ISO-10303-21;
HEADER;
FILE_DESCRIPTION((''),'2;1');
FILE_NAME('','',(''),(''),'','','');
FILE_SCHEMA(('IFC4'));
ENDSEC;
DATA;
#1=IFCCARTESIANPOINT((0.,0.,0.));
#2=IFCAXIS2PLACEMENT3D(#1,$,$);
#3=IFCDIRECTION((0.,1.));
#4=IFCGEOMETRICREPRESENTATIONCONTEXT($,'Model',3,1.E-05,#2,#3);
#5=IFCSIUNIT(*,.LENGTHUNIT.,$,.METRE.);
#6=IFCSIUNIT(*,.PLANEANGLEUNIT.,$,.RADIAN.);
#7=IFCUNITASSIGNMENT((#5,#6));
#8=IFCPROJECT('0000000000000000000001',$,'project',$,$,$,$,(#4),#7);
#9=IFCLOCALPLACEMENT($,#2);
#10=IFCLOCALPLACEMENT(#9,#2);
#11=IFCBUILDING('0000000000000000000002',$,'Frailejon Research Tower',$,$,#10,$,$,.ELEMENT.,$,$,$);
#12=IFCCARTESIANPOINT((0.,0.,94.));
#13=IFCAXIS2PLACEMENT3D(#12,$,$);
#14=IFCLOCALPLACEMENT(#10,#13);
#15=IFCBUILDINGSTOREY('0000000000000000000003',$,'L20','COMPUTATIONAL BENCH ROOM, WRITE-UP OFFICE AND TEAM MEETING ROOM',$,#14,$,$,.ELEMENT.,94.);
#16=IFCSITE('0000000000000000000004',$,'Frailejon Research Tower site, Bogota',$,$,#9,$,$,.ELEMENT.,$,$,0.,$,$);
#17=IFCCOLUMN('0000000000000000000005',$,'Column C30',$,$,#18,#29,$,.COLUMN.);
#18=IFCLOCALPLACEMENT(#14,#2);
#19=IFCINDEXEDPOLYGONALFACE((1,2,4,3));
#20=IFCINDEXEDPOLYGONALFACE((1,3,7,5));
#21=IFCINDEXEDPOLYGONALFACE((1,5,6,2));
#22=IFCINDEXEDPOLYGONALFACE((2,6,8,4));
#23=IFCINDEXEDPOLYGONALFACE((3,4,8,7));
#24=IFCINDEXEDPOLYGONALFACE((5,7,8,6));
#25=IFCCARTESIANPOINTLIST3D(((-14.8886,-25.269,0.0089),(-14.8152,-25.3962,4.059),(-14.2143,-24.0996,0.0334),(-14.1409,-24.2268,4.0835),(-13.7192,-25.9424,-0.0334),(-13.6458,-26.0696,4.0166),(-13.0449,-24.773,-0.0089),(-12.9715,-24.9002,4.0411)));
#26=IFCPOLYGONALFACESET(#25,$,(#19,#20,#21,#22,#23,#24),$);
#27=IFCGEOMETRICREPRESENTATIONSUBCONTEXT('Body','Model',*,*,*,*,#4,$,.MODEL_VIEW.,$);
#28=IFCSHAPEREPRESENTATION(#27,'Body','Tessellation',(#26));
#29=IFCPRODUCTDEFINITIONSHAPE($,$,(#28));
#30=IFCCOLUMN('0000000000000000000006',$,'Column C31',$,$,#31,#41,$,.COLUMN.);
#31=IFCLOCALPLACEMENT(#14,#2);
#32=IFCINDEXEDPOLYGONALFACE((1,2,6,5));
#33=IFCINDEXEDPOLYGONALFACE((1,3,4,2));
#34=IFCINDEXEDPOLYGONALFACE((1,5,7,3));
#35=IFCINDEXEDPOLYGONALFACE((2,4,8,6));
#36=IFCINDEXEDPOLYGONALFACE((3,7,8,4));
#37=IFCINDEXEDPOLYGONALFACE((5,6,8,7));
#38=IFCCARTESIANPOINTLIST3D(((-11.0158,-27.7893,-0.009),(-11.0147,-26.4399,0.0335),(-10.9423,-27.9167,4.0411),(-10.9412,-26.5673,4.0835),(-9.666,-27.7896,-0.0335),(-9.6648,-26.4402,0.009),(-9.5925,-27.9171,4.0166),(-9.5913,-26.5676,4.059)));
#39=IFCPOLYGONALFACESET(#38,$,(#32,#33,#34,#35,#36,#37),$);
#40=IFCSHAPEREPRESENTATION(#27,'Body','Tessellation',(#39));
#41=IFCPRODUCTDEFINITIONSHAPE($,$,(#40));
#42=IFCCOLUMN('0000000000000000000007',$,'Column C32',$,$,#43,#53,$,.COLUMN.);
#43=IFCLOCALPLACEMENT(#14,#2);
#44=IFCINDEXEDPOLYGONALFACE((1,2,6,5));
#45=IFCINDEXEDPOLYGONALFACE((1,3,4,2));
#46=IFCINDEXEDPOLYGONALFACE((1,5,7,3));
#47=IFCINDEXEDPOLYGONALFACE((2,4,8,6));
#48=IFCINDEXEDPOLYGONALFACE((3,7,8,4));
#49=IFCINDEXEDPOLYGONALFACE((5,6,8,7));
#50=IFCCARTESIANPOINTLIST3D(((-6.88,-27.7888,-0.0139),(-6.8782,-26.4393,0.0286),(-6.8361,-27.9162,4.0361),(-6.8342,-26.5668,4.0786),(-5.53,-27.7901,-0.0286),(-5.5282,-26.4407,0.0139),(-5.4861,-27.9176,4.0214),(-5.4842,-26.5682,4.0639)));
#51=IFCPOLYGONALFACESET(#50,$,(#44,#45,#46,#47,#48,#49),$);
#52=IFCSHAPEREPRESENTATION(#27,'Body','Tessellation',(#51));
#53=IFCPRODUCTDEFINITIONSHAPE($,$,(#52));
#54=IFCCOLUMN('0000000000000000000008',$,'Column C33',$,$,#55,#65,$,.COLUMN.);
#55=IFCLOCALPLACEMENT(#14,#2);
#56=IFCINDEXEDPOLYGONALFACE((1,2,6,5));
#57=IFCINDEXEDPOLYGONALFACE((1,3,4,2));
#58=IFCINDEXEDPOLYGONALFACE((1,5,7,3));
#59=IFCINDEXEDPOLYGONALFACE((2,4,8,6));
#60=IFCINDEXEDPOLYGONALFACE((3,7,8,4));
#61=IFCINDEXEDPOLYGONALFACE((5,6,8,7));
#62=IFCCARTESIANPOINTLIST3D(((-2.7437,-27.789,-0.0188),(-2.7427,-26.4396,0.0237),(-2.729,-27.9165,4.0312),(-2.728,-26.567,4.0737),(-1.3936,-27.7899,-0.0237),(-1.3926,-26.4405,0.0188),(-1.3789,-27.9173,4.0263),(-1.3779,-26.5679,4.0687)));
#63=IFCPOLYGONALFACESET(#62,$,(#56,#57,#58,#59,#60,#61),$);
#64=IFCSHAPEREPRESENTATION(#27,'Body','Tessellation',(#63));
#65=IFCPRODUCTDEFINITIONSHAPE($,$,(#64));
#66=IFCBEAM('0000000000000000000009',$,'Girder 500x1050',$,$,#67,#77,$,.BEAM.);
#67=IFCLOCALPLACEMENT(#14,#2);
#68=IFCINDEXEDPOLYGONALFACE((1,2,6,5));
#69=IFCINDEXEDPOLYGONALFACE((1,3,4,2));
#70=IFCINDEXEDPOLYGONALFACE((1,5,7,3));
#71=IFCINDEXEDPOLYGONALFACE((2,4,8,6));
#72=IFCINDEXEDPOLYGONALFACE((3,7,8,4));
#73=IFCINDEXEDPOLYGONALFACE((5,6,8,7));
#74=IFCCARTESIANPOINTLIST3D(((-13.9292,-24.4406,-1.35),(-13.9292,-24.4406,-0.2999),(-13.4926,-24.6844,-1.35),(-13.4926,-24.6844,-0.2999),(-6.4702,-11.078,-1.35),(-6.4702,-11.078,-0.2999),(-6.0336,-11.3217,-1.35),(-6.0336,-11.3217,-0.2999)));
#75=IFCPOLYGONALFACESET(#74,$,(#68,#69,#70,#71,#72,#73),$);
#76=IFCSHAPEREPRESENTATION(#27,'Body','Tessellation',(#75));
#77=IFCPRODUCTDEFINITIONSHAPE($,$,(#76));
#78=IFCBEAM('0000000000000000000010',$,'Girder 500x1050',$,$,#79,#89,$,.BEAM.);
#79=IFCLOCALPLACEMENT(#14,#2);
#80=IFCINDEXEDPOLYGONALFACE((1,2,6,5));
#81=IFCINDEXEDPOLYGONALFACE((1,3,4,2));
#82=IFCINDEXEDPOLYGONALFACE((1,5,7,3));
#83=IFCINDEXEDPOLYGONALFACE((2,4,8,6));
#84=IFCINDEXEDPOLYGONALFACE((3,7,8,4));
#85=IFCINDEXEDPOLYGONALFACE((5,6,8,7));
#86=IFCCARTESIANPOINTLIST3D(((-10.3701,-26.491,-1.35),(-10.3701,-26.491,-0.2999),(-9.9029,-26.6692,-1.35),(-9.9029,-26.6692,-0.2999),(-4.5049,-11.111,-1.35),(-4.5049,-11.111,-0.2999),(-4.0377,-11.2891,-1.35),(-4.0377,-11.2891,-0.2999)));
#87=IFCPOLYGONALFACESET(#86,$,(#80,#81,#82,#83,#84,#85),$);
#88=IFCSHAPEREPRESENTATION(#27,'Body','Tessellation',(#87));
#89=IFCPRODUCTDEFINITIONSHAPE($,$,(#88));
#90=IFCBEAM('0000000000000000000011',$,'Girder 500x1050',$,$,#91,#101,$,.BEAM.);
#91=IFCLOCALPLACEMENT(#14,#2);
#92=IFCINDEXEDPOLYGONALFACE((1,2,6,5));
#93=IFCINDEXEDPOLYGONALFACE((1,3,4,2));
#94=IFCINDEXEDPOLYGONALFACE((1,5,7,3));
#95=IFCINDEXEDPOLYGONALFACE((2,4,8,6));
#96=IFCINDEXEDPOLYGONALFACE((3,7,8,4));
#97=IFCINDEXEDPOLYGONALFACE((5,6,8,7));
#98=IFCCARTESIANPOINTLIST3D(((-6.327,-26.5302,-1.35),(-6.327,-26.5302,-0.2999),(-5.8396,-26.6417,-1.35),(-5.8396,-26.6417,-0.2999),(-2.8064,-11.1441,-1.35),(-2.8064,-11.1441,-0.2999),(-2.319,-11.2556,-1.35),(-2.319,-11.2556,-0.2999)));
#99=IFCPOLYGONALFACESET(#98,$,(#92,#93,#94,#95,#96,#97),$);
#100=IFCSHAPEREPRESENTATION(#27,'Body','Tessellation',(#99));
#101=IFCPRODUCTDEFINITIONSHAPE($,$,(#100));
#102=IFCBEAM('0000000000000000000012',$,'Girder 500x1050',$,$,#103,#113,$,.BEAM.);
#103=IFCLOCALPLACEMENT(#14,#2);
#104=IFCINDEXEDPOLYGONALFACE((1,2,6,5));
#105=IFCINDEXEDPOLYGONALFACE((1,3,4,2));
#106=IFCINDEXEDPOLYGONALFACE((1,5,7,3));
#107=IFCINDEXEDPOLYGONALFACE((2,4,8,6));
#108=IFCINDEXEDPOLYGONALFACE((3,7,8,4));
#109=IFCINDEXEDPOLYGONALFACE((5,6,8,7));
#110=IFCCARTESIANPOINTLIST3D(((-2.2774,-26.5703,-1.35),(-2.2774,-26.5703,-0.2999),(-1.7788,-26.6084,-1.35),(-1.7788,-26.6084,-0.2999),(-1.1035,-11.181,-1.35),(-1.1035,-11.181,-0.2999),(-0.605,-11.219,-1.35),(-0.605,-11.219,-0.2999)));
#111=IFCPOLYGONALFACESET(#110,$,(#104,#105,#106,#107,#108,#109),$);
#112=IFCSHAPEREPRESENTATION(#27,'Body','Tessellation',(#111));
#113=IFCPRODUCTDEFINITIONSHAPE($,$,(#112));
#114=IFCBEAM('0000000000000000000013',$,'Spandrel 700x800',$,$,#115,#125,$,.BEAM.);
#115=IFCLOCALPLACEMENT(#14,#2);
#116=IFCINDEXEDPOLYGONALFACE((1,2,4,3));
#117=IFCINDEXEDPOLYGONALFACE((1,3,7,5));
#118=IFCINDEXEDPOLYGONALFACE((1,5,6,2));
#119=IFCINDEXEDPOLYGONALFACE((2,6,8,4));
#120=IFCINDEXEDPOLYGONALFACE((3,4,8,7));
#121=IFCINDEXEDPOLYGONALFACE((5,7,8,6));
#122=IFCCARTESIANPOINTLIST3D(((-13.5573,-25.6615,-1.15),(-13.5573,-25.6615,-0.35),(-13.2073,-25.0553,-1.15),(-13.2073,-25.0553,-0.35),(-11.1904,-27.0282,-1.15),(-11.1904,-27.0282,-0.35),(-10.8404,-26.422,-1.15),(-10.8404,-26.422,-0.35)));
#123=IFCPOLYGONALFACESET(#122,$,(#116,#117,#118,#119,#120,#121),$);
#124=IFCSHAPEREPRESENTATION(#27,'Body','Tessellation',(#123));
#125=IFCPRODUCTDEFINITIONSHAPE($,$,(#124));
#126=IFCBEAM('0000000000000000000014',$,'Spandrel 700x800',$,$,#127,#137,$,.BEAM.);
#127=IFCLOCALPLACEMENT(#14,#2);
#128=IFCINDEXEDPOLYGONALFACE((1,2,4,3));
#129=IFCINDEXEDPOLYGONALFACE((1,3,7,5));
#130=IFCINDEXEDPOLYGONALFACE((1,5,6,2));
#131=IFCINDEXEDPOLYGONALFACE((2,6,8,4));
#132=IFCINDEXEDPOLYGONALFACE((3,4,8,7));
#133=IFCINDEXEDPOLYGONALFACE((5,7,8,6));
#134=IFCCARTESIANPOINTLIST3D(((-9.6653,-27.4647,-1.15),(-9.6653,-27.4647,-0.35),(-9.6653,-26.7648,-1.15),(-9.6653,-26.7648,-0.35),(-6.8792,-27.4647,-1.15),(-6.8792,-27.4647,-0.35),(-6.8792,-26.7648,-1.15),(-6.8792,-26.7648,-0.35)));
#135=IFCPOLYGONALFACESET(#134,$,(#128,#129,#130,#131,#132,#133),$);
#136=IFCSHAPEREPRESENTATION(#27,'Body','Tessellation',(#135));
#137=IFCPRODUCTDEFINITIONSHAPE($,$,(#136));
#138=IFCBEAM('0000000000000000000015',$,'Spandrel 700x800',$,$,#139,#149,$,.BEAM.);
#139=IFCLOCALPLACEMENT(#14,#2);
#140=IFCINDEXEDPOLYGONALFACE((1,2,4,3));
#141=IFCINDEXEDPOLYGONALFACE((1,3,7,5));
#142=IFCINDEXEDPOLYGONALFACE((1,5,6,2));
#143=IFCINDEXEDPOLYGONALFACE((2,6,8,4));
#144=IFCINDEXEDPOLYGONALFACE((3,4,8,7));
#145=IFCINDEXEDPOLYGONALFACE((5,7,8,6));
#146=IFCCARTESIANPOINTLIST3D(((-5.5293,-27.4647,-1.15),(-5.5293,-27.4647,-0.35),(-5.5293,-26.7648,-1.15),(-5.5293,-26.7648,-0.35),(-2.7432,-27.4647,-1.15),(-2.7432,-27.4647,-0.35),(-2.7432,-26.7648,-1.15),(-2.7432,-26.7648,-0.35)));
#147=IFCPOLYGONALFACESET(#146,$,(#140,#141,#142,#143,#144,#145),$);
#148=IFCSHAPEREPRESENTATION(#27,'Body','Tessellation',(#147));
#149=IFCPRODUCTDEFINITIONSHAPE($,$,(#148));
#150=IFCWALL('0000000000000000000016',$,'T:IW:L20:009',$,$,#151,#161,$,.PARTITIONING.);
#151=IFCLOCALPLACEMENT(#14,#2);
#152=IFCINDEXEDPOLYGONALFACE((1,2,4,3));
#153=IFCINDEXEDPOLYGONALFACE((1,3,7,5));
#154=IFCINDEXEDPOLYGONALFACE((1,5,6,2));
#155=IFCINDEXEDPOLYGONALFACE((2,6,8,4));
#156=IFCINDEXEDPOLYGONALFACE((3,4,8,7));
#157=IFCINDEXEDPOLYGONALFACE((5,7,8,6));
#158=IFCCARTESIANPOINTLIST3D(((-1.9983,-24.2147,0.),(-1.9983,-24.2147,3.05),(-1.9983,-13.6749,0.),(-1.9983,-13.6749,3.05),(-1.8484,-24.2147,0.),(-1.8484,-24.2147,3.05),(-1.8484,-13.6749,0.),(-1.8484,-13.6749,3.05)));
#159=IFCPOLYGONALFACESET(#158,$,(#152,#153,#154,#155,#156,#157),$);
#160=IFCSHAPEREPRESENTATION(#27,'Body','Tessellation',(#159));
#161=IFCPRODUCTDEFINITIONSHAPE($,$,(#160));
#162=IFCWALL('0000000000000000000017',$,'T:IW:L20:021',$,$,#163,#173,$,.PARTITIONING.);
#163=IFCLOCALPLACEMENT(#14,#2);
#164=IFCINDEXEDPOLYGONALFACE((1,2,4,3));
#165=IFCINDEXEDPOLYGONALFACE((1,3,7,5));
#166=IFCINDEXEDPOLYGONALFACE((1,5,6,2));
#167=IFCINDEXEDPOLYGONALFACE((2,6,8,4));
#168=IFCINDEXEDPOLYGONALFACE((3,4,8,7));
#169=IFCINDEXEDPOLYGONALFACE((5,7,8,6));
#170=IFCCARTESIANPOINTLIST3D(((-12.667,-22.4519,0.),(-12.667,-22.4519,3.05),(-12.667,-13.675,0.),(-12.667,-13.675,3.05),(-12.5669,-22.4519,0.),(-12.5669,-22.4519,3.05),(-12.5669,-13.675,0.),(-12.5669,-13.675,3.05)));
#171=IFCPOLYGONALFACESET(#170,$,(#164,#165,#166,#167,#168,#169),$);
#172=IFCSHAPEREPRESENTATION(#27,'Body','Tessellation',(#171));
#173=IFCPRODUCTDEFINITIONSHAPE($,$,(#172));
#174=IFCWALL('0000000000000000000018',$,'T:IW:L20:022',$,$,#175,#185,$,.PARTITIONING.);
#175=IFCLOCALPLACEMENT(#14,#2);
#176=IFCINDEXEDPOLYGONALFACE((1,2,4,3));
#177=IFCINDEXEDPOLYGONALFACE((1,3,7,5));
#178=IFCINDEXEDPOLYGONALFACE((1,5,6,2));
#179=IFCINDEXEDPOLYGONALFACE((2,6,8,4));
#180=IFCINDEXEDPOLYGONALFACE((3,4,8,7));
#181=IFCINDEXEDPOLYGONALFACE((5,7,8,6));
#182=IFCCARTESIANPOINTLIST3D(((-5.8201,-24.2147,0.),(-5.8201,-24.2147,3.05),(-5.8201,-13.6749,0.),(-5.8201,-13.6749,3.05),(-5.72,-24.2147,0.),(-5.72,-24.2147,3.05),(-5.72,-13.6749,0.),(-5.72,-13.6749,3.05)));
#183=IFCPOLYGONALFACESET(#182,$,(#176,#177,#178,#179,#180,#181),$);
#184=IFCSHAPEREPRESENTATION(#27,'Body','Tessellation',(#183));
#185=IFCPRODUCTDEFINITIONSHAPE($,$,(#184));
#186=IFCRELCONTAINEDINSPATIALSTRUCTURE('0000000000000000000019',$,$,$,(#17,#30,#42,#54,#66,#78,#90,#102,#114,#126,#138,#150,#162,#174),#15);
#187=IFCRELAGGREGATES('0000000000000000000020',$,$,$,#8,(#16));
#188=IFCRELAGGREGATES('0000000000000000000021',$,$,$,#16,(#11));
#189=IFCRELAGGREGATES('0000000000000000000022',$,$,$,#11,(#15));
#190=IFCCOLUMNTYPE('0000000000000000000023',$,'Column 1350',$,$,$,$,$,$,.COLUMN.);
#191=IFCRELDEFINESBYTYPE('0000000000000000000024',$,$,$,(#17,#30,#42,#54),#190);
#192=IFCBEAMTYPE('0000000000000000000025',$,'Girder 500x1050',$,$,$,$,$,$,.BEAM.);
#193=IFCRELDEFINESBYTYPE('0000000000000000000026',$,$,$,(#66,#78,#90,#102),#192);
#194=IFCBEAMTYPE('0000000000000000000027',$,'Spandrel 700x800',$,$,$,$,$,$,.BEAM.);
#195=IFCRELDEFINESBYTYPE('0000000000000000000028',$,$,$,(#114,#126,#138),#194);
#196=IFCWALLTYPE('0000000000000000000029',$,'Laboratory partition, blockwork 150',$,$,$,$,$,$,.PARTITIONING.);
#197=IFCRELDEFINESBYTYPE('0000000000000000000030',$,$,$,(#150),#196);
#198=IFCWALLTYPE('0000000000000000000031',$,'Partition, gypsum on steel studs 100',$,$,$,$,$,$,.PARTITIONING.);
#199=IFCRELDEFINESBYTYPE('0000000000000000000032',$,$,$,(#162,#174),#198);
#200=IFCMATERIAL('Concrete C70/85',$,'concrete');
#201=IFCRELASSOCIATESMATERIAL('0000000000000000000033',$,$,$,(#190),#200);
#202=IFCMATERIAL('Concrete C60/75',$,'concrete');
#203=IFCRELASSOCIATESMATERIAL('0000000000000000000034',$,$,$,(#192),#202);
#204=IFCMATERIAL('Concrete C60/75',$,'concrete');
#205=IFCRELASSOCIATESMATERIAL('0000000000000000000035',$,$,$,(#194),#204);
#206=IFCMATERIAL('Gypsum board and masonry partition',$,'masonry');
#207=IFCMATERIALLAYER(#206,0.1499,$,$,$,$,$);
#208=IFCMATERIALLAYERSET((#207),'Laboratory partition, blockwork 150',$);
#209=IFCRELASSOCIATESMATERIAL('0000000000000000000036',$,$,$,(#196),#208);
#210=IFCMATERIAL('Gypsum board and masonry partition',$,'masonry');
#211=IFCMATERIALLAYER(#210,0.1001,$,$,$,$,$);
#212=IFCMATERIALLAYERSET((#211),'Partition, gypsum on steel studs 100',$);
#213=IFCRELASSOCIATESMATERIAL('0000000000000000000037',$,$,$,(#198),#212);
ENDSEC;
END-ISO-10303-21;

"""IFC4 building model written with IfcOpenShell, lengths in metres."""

from ifc_helpers import new_model, si_unit, direction, frame, frame_2d, origin, origin_2d, place, context, subcontext, project, spatial, rectangle, extrude, material, layer, layer_set, material_profile, profile_set, type_object, element, save


model = new_model("IFC4")

# Units and contexts
model_context = context("Model", 3, precision=1e-05, world=origin(), true_north=direction((0.0, 1.0)))
body_context = subcontext(model_context, "Body", "Model", "MODEL_VIEW")
ifc_project = project(units=[si_unit("LENGTHUNIT", "METRE"), si_unit("PLANEANGLEUNIT", "RADIAN")], contexts=[model_context])

# Site, building, storey
site_placement = place(None, origin())
site = spatial("IfcSite", under=ifc_project, at=site_placement, Name="Frailejon Research Tower site, Bogota", CompositionType="ELEMENT", RefElevation=0.0)
building_placement = place(site_placement, origin())
building = spatial("IfcBuilding", under=site, at=building_placement, Name="Frailejon Research Tower", CompositionType="ELEMENT")
storey_placement = place(building_placement, frame((0.0, 0.0, 94.0)))
storey = spatial("IfcBuildingStorey", under=building, at=storey_placement, Name="L20", Description="COMPUTATIONAL BENCH ROOM, WRITE-UP OFFICE AND TEAM MEETING ROOM", CompositionType="ELEMENT", Elevation=94.0)

# Columns
ifc_material_1 = material(Name="Concrete C70/85", Category="concrete")
ifc_material_profile_1 = material_profile(ifc_material_1, rectangle(XDim=1.3501, YDim=1.3501, at=origin_2d()), Name="Column 1350")
ifc_profile_set_1 = profile_set([ifc_material_profile_1], Name="Concrete C70/85")
column_type = type_object("IfcColumnType", Name="Column 1350", PredefinedType="COLUMN", material=ifc_profile_set_1)
for number, where, z_axis, x_axis, name in (
    (1, (-13.9668, -25.021, 0.0), (0.018133, -0.031386, 0.999343), (0.866156, -0.498787, -0.031381), "Column C30"),
    (2, (-10.3403, -27.1147, 0.0), (0.018133, -0.031446, 0.999341), (0.999835, -0.000256, -0.01815), "Column C31"),
):
    element("IfcColumn", number, at=place(storey_placement, frame(where, z_axis=z_axis, x_axis=x_axis)), inside=storey, type_object=column_type, Name=name, PredefinedType="COLUMN", context=body_context, shape_type="SweptSolid", body=[
        extrude(rectangle(XDim=1.3501, YDim=1.3501, at=origin_2d()), origin(), (0.0, 0.0, 1.0), 4.0527),
    ])
column_1_placement = place(storey_placement, frame((-6.2041, -27.1147, 0.0), z_axis=(0.010845, -0.031449, 0.999447), x_axis=(0.99994, -0.001017, -0.010882)))
element("IfcColumn", 3, at=column_1_placement, inside=storey, type_object=column_type, Name="Column C32", PredefinedType="COLUMN", context=body_context, shape_type="SweptSolid", body=[
    extrude(rectangle(XDim=1.3501, YDim=1.3501, at=origin_2d()), origin(), (0.0, 0.0, 1.0), 4.0522),
])
column_2_placement = place(storey_placement, frame((-2.0681, -27.1147, 0.0), z_axis=(0.003615, -0.031451, 0.999499), x_axis=(0.999993, -0.000624, -0.003636)))
element("IfcColumn", 4, at=column_2_placement, inside=storey, type_object=column_type, Name="Column C33", PredefinedType="COLUMN", context=body_context, shape_type="SweptSolid", body=[
    extrude(rectangle(XDim=1.3501, YDim=1.3501, at=origin_2d()), origin(), (0.0, 0.0, 1.0), 4.052),
])

# Beams
ifc_material_2 = material(Name="Concrete C60/75", Category="concrete")
ifc_material_profile_2 = material_profile(ifc_material_2, rectangle(XDim=0.5, YDim=1.05, at=origin_2d()), Name="Girder 500x1050")
ifc_profile_set_2 = profile_set([ifc_material_profile_2], Name="Concrete C60/75")
beam_type_1 = type_object("IfcBeamType", Name="Girder 500x1050", PredefinedType="BEAM", material=ifc_profile_set_2)
beam_1_placement = place(storey_placement, frame((-13.7109, -24.5625, -0.825), z_axis=(0.487407, 0.873175, 0.0), x_axis=(-0.873175, 0.487407, 0.0)))
element("IfcBeam", 5, at=beam_1_placement, inside=storey, type_object=beam_type_1, Name="Girder 500x1050", PredefinedType="BEAM", context=body_context, shape_type="SweptSolid", body=[
    extrude(rectangle(XDim=0.5, YDim=1.05, at=origin_2d()), origin(), (0.0, 0.0, 1.0), 15.3035),
])
beam_2_placement = place(storey_placement, frame((-10.1365, -26.5801, -0.825), z_axis=(0.356321, 0.934364, 0.0), x_axis=(-0.934364, 0.356321, 0.0)))
element("IfcBeam", 6, at=beam_2_placement, inside=storey, type_object=beam_type_1, Name="Girder 500x1050", PredefinedType="BEAM", context=body_context, shape_type="SweptSolid", body=[
    extrude(rectangle(XDim=0.5, YDim=1.05, at=origin_2d()), origin(), (0.0, 0.0, 1.0), 16.4604),
])
beam_3_placement = place(storey_placement, frame((-6.0833, -26.5859, -0.825), z_axis=(0.223048, 0.974807, 0.0), x_axis=(-0.974807, 0.223048, 0.0)))
element("IfcBeam", 7, at=beam_3_placement, inside=storey, type_object=beam_type_1, Name="Girder 500x1050", PredefinedType="BEAM", context=body_context, shape_type="SweptSolid", body=[
    extrude(rectangle(XDim=0.5, YDim=1.05, at=origin_2d()), origin(), (0.0, 0.0, 1.0), 15.7837),
])
beam_4_placement = place(storey_placement, frame((-2.0281, -26.5894, -0.825), z_axis=(0.076054, 0.997104, 0.0), x_axis=(-0.997104, 0.076054, 0.0)))
element("IfcBeam", 8, at=beam_4_placement, inside=storey, type_object=beam_type_1, Name="Girder 500x1050", PredefinedType="BEAM", context=body_context, shape_type="SweptSolid", body=[
    extrude(rectangle(XDim=0.5, YDim=1.05, at=origin_2d()), origin(), (0.0, 0.0, 1.0), 15.4341),
])
ifc_material_3 = material(Name="Concrete C60/75", Category="concrete")
ifc_material_profile_3 = material_profile(ifc_material_3, rectangle(XDim=0.7, YDim=0.8, at=origin_2d()), Name="Spandrel 700x800")
ifc_profile_set_3 = profile_set([ifc_material_profile_3], Name="Concrete C60/75")
beam_type_2 = type_object("IfcBeamType", Name="Spandrel 700x800", PredefinedType="BEAM", material=ifc_profile_set_3)
beam_5_placement = place(storey_placement, frame((-13.3823, -25.3584, -0.75), z_axis=(0.866003, -0.500039, 0.0), x_axis=(0.500039, 0.866003, 0.0)))
element("IfcBeam", 9, at=beam_5_placement, inside=storey, type_object=beam_type_2, Name="Spandrel 700x800", PredefinedType="BEAM", context=body_context, shape_type="SweptSolid", body=[
    extrude(rectangle(XDim=0.7, YDim=0.8, at=origin_2d()), origin(), (0.0, 0.0, 1.0), 2.7332),
])
for number, where, z_axis, x_axis, name in (
    (10, (-9.6653, -27.1147, -0.75), (1.0, 0.0, 0.0), (0.0, 1.0, 0.0), "Spandrel 700x800"),
    (11, (-5.5293, -27.1147, -0.75), (1.0, 0.0, 0.0), (0.0, 1.0, 0.0), "Spandrel 700x800"),
):
    element("IfcBeam", number, at=place(storey_placement, frame(where, z_axis=z_axis, x_axis=x_axis)), inside=storey, type_object=beam_type_2, Name=name, PredefinedType="BEAM", context=body_context, shape_type="SweptSolid", body=[
        extrude(rectangle(XDim=0.7, YDim=0.8, at=origin_2d()), origin(), (0.0, 0.0, 1.0), 2.7861),
    ])

# Walls
ifc_material_4 = material(Name="Gypsum board and masonry partition", Category="masonry")
ifc_layer_1 = layer(ifc_material_4, 0.1499)
ifc_layer_set_1 = layer_set([ifc_layer_1], Name="Laboratory partition, blockwork 150")
wall_type_1 = type_object("IfcWallType", Name="Laboratory partition, blockwork 150", PredefinedType="PARTITIONING", material=ifc_layer_set_1)
wall_1_placement = place(storey_placement, frame((-1.9233, -24.2148, 0.0), z_axis=(0.0, 0.0, 1.0), x_axis=(0.0, 1.0, 0.0)))
element("IfcWall", 12, at=wall_1_placement, inside=storey, type_object=wall_type_1, Name="T:IW:L20:009", PredefinedType="PARTITIONING", context=body_context, shape_type="SweptSolid", body=[
    extrude(rectangle(XDim=10.5398, YDim=0.1499, at=frame_2d((5.27, 0.0))), origin(), (0.0, 0.0, 1.0), 3.05),
])
ifc_material_5 = material(Name="Gypsum board and masonry partition", Category="masonry")
ifc_layer_2 = layer(ifc_material_5, 0.1001)
ifc_layer_set_2 = layer_set([ifc_layer_2], Name="Partition, gypsum on steel studs 100")
wall_type_2 = type_object("IfcWallType", Name="Partition, gypsum on steel studs 100", PredefinedType="PARTITIONING", material=ifc_layer_set_2)
wall_2_placement = place(storey_placement, frame((-12.6169, -22.4519, 0.0), z_axis=(0.0, 0.0, 1.0), x_axis=(0.0, 1.0, 0.0)))
element("IfcWall", 13, at=wall_2_placement, inside=storey, type_object=wall_type_2, Name="T:IW:L20:021", PredefinedType="PARTITIONING", context=body_context, shape_type="SweptSolid", body=[
    extrude(rectangle(XDim=8.7769, YDim=0.1001, at=frame_2d((4.3884, 0.0))), origin(), (0.0, 0.0, 1.0), 3.05),
])
wall_3_placement = place(storey_placement, frame((-5.77, -24.2148, 0.0), z_axis=(0.0, 0.0, 1.0), x_axis=(0.0, 1.0, 0.0)))
element("IfcWall", 14, at=wall_3_placement, inside=storey, type_object=wall_type_2, Name="T:IW:L20:022", PredefinedType="PARTITIONING", context=body_context, shape_type="SweptSolid", body=[
    extrude(rectangle(XDim=10.5398, YDim=0.1001, at=frame_2d((5.27, 0.0))), origin(), (0.0, 0.0, 1.0), 3.05),
])

save(model, "model.ifc")
